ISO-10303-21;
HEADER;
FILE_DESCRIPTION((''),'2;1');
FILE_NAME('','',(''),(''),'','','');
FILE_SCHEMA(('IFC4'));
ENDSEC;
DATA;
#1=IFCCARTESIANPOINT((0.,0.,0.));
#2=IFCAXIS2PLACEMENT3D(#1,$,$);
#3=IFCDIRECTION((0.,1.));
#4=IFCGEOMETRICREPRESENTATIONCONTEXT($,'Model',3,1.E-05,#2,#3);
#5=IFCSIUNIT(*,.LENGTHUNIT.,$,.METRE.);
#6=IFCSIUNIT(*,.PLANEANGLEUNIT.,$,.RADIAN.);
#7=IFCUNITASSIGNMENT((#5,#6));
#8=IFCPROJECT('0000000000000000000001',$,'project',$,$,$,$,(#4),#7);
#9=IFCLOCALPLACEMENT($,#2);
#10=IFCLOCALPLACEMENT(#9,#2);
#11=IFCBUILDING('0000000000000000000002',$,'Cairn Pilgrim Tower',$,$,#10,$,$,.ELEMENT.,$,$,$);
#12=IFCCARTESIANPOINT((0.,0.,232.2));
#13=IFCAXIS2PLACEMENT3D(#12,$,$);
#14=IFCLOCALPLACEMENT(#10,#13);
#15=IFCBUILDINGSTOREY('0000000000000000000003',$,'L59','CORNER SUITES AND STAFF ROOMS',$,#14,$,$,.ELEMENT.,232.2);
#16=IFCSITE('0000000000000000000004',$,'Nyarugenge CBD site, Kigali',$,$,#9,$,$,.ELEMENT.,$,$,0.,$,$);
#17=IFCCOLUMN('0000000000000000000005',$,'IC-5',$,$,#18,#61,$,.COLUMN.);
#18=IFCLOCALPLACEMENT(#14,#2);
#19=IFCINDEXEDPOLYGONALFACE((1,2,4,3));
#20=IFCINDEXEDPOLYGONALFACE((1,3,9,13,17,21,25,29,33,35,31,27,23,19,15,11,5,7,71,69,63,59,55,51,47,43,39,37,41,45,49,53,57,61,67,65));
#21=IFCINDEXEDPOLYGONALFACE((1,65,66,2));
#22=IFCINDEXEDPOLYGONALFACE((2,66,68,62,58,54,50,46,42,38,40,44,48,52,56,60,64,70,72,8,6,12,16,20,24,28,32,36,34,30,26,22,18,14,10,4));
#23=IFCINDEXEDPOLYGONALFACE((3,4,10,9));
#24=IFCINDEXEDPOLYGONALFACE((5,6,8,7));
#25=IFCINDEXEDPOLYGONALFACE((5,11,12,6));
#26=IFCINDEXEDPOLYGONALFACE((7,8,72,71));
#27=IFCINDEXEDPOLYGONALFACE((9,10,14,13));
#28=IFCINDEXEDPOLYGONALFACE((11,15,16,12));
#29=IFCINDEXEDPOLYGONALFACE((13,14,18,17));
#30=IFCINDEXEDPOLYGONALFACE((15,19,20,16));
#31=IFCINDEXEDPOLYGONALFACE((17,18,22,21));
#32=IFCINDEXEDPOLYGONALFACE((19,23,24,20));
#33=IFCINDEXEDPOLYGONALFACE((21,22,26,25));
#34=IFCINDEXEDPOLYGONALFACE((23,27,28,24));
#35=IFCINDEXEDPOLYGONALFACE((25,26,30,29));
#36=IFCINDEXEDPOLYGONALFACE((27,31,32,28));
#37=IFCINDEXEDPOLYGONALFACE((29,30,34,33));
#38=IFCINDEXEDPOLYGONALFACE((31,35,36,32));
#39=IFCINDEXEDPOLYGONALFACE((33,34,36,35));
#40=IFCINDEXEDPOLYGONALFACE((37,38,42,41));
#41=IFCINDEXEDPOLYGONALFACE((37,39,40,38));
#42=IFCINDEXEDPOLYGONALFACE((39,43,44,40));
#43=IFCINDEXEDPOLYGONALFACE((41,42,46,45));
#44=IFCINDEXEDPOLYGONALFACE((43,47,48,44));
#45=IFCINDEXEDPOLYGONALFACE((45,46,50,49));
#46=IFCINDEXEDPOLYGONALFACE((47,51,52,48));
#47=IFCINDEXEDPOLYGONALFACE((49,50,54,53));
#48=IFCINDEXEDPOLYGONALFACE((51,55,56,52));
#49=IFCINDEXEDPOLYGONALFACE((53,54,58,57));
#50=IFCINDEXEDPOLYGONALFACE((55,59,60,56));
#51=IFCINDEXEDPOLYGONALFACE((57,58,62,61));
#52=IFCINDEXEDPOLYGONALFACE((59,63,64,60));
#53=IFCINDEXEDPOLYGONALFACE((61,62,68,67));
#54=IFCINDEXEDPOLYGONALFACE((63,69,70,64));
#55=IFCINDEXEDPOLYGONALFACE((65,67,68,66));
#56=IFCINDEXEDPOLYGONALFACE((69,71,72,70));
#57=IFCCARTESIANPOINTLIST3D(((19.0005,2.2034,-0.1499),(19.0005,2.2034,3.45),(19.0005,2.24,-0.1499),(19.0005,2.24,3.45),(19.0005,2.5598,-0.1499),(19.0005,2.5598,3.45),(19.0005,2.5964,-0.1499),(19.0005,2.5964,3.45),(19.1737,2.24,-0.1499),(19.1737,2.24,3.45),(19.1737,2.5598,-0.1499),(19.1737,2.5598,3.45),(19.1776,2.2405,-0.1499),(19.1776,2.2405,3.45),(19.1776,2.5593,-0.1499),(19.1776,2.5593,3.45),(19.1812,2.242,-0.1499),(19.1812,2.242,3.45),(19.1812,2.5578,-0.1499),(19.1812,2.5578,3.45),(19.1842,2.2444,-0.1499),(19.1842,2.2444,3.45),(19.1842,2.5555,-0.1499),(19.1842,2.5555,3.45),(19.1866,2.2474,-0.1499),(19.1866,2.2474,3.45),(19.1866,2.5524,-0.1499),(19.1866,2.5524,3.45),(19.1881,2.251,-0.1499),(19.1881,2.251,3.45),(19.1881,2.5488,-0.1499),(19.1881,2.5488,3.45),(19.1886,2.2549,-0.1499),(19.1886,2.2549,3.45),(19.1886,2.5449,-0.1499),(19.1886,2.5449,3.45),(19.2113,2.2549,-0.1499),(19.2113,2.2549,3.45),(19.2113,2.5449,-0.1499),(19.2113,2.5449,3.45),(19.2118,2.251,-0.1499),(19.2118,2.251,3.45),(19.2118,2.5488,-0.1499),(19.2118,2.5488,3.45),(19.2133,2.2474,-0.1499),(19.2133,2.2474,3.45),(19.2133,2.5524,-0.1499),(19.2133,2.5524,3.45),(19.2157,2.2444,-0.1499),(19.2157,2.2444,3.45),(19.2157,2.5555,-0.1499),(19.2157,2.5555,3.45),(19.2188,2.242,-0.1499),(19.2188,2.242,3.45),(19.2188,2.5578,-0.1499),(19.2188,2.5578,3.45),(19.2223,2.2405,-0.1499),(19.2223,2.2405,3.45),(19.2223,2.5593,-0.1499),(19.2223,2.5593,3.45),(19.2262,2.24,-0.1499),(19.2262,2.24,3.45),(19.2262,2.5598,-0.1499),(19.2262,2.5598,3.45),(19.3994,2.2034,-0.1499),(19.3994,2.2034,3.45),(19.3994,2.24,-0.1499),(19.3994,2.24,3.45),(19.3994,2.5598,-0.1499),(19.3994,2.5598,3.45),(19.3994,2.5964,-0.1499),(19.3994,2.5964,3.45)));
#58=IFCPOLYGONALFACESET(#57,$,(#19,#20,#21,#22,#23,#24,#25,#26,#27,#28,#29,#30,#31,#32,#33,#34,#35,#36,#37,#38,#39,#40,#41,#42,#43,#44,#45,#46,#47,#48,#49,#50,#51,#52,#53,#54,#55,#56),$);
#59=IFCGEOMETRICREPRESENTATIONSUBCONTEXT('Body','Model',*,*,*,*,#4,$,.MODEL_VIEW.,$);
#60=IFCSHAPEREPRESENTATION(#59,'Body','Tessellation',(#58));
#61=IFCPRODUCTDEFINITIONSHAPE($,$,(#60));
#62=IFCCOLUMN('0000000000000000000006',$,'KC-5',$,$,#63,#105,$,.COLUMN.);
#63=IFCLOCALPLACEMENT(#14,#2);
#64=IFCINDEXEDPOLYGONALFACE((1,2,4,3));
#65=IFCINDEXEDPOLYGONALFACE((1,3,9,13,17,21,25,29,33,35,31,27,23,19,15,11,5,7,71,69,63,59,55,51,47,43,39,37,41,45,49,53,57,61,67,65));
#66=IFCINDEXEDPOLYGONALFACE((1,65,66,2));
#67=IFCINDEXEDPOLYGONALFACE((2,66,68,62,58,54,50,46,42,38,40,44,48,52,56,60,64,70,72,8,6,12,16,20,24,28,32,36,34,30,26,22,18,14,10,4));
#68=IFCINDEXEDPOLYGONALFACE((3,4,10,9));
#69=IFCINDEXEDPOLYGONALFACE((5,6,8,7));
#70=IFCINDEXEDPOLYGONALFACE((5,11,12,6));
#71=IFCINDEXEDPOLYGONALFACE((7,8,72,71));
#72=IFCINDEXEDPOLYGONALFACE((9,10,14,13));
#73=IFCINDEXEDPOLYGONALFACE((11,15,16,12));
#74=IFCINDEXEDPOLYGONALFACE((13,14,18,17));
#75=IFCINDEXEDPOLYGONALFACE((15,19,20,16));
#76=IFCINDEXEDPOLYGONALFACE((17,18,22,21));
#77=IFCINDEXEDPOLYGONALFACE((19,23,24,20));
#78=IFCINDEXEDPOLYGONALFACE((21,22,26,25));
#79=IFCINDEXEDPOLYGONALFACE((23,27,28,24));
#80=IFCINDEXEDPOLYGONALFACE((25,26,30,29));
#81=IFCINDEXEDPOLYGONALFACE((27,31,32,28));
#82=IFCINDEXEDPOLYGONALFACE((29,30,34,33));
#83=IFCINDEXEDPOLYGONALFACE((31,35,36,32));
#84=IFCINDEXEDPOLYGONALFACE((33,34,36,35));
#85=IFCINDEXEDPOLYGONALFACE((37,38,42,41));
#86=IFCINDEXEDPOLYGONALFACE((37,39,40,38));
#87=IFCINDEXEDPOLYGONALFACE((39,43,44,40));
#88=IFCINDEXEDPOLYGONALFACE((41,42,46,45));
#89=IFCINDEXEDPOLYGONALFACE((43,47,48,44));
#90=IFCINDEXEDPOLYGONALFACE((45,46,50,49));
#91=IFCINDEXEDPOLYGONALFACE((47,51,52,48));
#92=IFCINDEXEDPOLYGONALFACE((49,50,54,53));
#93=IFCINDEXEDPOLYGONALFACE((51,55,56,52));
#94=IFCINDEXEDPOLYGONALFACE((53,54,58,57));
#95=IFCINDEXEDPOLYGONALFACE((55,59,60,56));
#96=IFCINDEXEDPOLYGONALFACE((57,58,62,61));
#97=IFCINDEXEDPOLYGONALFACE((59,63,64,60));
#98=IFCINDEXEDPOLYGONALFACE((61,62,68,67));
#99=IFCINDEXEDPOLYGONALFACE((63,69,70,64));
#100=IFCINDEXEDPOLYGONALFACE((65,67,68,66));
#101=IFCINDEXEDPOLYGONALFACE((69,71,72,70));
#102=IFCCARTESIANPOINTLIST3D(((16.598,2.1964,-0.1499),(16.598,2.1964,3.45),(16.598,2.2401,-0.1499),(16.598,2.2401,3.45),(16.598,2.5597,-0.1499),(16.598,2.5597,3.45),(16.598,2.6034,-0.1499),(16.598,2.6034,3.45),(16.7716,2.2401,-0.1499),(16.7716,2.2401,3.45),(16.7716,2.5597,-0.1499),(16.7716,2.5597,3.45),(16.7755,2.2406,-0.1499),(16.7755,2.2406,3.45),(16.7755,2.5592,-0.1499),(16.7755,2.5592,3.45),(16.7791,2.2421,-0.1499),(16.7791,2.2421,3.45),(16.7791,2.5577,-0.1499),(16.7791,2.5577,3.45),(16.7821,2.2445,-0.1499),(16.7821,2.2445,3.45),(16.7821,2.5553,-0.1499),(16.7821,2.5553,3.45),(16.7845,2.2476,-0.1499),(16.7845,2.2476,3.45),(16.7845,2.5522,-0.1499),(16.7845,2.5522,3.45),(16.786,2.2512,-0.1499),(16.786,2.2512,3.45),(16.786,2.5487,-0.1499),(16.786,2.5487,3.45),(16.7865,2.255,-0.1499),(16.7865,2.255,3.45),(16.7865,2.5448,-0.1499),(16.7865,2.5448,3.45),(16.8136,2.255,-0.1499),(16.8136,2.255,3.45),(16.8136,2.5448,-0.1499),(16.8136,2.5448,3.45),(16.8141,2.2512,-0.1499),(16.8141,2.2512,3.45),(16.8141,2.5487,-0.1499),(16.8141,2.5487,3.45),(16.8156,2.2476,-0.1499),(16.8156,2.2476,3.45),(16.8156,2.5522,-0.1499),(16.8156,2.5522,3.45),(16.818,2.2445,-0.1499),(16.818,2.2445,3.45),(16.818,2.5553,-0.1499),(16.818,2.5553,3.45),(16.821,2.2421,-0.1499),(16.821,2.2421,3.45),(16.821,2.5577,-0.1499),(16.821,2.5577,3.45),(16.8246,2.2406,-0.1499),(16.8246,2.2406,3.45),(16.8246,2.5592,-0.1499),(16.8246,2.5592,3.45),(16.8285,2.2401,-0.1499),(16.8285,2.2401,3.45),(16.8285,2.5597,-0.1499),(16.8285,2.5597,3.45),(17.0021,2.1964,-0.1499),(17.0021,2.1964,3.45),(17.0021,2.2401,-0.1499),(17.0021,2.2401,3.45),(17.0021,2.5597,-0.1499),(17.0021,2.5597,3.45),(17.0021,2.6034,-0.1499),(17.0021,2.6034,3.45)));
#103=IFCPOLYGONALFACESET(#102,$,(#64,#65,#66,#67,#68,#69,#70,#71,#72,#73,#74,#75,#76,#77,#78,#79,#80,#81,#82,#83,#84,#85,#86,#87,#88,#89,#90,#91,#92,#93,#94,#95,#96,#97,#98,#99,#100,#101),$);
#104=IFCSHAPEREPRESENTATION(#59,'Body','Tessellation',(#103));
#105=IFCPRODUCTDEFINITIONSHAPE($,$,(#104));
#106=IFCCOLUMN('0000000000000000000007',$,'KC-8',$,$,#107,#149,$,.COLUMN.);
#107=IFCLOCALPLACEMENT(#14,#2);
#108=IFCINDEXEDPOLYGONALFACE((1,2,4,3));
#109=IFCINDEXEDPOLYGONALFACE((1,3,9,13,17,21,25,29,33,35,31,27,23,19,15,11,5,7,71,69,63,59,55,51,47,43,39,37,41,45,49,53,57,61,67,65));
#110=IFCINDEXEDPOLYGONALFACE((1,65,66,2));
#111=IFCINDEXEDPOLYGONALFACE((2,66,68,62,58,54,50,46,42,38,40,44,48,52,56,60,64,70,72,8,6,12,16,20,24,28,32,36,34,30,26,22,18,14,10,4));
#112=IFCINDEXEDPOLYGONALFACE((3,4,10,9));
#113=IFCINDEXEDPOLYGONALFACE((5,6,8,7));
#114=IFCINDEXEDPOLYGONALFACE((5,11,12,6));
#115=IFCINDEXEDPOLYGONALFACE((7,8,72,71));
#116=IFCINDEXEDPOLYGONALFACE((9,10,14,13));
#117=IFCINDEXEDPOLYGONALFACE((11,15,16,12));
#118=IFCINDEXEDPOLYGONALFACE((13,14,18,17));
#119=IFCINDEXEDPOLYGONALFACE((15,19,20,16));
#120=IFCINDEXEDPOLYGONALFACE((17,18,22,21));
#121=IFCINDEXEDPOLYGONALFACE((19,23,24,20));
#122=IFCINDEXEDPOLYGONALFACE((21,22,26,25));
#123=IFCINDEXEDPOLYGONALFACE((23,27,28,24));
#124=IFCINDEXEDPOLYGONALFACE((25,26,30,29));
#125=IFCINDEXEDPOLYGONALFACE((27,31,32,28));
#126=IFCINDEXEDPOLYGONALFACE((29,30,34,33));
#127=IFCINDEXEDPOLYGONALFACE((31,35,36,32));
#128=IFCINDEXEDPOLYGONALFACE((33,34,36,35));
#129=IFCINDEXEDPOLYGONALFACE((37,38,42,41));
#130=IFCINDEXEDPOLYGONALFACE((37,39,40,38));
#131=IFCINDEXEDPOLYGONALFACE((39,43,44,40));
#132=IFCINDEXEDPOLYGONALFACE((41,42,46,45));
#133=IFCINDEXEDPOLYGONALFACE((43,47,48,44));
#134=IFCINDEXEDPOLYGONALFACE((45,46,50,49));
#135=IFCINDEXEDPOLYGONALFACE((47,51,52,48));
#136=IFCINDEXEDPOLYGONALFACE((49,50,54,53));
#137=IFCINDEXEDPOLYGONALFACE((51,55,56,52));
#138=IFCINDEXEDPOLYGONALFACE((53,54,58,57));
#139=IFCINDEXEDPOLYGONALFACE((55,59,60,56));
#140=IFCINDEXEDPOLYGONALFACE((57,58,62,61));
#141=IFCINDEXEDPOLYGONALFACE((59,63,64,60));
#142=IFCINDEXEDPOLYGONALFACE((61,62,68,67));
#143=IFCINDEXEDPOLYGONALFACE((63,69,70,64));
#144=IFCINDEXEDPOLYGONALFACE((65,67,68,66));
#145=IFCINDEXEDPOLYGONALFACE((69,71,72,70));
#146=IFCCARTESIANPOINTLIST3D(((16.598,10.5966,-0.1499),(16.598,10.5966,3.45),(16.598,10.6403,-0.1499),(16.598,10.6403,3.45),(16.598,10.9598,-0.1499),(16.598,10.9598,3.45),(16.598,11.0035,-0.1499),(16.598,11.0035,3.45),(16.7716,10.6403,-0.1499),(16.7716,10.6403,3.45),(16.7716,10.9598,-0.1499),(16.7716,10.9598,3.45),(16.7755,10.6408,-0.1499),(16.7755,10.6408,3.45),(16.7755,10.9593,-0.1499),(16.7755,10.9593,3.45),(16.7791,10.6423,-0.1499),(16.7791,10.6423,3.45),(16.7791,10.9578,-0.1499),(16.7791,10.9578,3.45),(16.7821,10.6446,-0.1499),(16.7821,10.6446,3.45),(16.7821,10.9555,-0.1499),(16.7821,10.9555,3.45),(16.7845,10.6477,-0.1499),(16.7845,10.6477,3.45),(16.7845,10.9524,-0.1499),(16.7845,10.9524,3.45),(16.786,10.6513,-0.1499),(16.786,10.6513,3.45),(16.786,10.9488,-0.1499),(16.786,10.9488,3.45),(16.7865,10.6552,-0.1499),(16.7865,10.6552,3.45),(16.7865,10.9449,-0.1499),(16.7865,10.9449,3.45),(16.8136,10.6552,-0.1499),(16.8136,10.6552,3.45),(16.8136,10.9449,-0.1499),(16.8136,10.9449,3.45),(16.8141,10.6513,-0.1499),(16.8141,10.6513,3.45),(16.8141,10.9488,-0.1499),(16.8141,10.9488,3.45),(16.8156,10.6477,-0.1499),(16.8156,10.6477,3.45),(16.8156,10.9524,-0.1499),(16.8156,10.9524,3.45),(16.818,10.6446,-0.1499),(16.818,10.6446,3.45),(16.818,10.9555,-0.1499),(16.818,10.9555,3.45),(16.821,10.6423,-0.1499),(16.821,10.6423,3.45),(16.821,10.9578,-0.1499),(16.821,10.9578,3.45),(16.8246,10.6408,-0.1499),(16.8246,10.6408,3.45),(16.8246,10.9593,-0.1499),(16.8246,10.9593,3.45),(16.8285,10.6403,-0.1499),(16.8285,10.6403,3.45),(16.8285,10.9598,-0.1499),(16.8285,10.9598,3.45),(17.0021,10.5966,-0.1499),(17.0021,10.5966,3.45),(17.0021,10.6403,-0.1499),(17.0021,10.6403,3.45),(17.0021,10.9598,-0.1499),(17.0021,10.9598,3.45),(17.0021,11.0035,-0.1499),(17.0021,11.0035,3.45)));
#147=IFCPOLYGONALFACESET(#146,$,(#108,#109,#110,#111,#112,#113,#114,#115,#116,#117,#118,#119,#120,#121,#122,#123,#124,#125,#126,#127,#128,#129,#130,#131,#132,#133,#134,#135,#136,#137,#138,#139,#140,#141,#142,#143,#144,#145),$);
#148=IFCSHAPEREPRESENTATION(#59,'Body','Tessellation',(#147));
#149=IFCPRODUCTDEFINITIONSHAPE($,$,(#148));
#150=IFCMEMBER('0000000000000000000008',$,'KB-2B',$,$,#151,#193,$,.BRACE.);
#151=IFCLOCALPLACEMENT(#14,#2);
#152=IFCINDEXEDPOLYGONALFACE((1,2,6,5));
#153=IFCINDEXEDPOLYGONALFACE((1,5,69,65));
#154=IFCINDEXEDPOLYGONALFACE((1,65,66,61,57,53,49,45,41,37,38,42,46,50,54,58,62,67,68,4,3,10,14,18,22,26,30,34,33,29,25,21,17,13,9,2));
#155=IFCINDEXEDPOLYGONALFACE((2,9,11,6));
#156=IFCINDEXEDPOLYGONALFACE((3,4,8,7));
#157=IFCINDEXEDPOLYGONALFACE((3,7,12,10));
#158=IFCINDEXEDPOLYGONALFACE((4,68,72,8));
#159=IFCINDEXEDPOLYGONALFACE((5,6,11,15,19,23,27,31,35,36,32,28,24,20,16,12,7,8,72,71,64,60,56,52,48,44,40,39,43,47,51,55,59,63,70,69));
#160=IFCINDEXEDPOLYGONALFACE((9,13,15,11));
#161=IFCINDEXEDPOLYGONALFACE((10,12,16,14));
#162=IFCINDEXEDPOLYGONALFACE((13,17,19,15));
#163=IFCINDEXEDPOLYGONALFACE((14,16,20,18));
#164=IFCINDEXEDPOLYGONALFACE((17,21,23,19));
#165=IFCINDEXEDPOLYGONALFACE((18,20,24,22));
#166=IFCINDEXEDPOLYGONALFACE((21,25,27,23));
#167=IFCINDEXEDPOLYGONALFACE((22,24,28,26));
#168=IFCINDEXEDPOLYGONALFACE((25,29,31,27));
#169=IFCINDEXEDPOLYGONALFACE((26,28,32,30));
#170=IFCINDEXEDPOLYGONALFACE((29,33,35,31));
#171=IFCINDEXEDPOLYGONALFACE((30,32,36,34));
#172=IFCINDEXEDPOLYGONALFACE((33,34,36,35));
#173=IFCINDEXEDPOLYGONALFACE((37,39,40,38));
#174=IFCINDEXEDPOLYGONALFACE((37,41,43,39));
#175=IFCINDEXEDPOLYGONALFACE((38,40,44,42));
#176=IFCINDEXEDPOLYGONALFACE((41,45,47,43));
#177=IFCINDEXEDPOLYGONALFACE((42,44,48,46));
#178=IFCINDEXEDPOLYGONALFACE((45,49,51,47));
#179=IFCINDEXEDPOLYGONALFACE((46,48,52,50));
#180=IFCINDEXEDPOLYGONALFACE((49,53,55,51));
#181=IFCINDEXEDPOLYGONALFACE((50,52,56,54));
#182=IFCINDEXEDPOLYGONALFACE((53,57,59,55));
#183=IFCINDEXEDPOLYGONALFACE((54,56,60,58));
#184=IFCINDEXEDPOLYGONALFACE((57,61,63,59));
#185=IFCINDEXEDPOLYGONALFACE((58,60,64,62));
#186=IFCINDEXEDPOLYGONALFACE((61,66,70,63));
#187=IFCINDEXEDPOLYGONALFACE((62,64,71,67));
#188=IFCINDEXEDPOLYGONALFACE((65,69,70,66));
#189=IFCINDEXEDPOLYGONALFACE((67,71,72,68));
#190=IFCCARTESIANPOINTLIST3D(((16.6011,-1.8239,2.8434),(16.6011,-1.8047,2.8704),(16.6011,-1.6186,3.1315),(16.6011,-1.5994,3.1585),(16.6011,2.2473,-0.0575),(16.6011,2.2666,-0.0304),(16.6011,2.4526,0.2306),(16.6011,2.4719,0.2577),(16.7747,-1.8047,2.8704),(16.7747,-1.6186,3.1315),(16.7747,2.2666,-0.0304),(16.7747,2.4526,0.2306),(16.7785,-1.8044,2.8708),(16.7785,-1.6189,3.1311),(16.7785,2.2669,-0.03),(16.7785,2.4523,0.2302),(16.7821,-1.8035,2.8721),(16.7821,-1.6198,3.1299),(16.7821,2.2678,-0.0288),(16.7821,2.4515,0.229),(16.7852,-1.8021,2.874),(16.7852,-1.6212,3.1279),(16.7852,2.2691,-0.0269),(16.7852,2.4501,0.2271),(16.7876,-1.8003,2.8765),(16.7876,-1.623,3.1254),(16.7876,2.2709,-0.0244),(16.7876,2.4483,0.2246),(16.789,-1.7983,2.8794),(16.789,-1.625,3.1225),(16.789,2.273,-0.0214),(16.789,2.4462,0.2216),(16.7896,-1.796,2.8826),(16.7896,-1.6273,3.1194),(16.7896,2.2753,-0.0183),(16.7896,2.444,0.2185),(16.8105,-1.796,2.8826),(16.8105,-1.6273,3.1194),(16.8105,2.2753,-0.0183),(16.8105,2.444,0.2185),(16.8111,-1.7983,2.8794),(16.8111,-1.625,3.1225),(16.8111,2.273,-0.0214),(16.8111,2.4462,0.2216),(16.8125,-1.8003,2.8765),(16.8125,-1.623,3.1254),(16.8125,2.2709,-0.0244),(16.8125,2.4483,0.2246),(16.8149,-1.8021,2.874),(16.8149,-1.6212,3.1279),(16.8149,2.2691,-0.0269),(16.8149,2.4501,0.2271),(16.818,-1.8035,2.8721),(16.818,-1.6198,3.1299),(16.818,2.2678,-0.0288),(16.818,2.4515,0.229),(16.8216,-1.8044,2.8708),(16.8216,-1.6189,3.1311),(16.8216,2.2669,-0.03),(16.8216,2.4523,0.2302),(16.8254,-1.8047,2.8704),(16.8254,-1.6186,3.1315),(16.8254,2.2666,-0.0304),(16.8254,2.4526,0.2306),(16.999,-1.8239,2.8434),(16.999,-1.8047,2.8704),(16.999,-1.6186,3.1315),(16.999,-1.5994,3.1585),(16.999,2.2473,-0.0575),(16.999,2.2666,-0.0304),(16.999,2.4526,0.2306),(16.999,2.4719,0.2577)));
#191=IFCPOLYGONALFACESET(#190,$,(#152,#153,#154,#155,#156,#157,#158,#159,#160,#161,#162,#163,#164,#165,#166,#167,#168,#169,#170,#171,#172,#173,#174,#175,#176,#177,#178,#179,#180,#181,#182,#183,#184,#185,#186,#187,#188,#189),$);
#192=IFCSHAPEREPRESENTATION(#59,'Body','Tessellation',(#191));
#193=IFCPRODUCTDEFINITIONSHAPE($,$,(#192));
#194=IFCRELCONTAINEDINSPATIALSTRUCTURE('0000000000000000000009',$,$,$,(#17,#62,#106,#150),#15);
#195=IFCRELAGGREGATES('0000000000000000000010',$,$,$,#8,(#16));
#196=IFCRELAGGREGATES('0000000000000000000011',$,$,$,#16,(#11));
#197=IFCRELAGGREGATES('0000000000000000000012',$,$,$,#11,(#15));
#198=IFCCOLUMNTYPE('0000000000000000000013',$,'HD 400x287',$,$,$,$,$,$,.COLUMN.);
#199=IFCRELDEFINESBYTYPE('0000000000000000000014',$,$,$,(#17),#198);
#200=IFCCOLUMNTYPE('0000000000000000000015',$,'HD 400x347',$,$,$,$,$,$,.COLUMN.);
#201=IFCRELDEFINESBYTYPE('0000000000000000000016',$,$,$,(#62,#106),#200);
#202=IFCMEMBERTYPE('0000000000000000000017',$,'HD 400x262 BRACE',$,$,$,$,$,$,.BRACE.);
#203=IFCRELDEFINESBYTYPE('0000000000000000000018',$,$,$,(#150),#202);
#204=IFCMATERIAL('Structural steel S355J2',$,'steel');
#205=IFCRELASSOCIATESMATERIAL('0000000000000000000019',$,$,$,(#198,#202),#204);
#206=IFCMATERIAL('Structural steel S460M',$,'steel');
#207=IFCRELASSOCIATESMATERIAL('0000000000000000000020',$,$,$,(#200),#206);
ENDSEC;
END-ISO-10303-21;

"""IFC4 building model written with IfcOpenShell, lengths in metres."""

from ifc_helpers import new_model, si_unit, direction, frame, origin, origin_2d, place, context, subcontext, project, spatial, i_section, extrude, material, material_profile, profile_set, type_object, element, save


model = new_model("IFC4")

# Units and contexts
model_context = context("Model", 3, precision=1e-05, world=origin(), true_north=direction((0.0, 1.0)))
body_context = subcontext(model_context, "Body", "Model", "MODEL_VIEW")
ifc_project = project(units=[si_unit("LENGTHUNIT", "METRE"), si_unit("PLANEANGLEUNIT", "RADIAN")], contexts=[model_context])

# Site, building, storey
site_placement = place(None, origin())
site = spatial("IfcSite", under=ifc_project, at=site_placement, Name="Nyarugenge CBD site, Kigali", CompositionType="ELEMENT", RefElevation=0.0)
building_placement = place(site_placement, origin())
building = spatial("IfcBuilding", under=site, at=building_placement, Name="Cairn Pilgrim Tower", CompositionType="ELEMENT")
storey_placement = place(building_placement, frame((0.0, 0.0, 232.2)))
storey = spatial("IfcBuildingStorey", under=building, at=storey_placement, Name="L59", Description="CORNER SUITES AND STAFF ROOMS", CompositionType="ELEMENT", Elevation=232.2)

# Columns
ifc_material_1 = material(Name="Structural steel S355J2", Category="steel")
ifc_material_profile_1 = material_profile(ifc_material_1, i_section(OverallWidth=0.3989, OverallDepth=0.3931, WebThickness=0.0227, FlangeThickness=0.0366, FilletRadius=0.0149, at=origin_2d()), Name="HD 400x287")
ifc_profile_set_1 = profile_set([ifc_material_profile_1], Name="Structural steel S355J2")
column_type_1 = type_object("IfcColumnType", Name="HD 400x287", PredefinedType="COLUMN", material=ifc_profile_set_1)
column_placement = place(storey_placement, frame((19.2, 2.3999, -0.1499), z_axis=(0.0, 0.0, 1.0), x_axis=(1.0, 0.0, 0.0)))
element("IfcColumn", 1, at=column_placement, inside=storey, type_object=column_type_1, Name="IC-5", PredefinedType="COLUMN", context=body_context, shape_type="SweptSolid", body=[
    extrude(i_section(OverallWidth=0.3989, OverallDepth=0.3931, WebThickness=0.0227, FlangeThickness=0.0366, FilletRadius=0.0149, at=origin_2d()), origin(), (0.0, 0.0, 1.0), 3.5999),
])
ifc_material_2 = material(Name="Structural steel S460M", Category="steel")
ifc_material_profile_2 = material_profile(ifc_material_2, i_section(OverallWidth=0.4041, OverallDepth=0.407, WebThickness=0.0271, FlangeThickness=0.0437, FilletRadius=0.0149, at=origin_2d()), Name="HD 400x347")
ifc_profile_set_2 = profile_set([ifc_material_profile_2], Name="Structural steel S460M")
column_type_2 = type_object("IfcColumnType", Name="HD 400x347", PredefinedType="COLUMN", material=ifc_profile_set_2)
for number, where, z_axis, x_axis, name in (
    (2, (16.8, 2.3999, -0.1499), (0.0, 0.0, 1.0), (1.0, 0.0, 0.0), "KC-5"),
    (3, (16.8, 10.8, -0.1499), (0.0, 0.0, 1.0), (1.0, 0.0, 0.0), "KC-8"),
):
    element("IfcColumn", number, at=place(storey_placement, frame(where, z_axis=z_axis, x_axis=x_axis)), inside=storey, type_object=column_type_2, Name=name, PredefinedType="COLUMN", context=body_context, shape_type="SweptSolid", body=[
        extrude(i_section(OverallWidth=0.4041, OverallDepth=0.407, WebThickness=0.0271, FlangeThickness=0.0437, FilletRadius=0.0149, at=origin_2d()), origin(), (0.0, 0.0, 1.0), 3.5999),
    ])

# Member
ifc_material_profile_3 = material_profile(ifc_material_1, i_section(OverallWidth=0.3979, OverallDepth=0.387, WebThickness=0.021, FlangeThickness=0.0332, FilletRadius=0.0149, at=origin_2d()), Name="HD 400x262")
ifc_profile_set_3 = profile_set([ifc_material_profile_3], Name="Structural steel S355J2")
member_type = type_object("IfcMemberType", Name="HD 400x262 BRACE", PredefinedType="BRACE", material=ifc_profile_set_3)
member_1_placement = place(storey_placement, frame((16.8, 2.3596, 0.1001), z_axis=(0.0, -0.814413, 0.580286), x_axis=(1.0, 0.0, 0.0)))
element("IfcMember", 4, at=member_1_placement, inside=storey, type_object=member_type, Name="KB-2B", PredefinedType="BRACE", context=body_context, shape_type="SweptSolid", body=[
    extrude(i_section(OverallWidth=0.3979, OverallDepth=0.387, WebThickness=0.021, FlangeThickness=0.0332, FilletRadius=0.0149, at=origin_2d()), origin(), (0.0, 0.0, 1.0), 4.999),
])

save(model, "model.ifc")
